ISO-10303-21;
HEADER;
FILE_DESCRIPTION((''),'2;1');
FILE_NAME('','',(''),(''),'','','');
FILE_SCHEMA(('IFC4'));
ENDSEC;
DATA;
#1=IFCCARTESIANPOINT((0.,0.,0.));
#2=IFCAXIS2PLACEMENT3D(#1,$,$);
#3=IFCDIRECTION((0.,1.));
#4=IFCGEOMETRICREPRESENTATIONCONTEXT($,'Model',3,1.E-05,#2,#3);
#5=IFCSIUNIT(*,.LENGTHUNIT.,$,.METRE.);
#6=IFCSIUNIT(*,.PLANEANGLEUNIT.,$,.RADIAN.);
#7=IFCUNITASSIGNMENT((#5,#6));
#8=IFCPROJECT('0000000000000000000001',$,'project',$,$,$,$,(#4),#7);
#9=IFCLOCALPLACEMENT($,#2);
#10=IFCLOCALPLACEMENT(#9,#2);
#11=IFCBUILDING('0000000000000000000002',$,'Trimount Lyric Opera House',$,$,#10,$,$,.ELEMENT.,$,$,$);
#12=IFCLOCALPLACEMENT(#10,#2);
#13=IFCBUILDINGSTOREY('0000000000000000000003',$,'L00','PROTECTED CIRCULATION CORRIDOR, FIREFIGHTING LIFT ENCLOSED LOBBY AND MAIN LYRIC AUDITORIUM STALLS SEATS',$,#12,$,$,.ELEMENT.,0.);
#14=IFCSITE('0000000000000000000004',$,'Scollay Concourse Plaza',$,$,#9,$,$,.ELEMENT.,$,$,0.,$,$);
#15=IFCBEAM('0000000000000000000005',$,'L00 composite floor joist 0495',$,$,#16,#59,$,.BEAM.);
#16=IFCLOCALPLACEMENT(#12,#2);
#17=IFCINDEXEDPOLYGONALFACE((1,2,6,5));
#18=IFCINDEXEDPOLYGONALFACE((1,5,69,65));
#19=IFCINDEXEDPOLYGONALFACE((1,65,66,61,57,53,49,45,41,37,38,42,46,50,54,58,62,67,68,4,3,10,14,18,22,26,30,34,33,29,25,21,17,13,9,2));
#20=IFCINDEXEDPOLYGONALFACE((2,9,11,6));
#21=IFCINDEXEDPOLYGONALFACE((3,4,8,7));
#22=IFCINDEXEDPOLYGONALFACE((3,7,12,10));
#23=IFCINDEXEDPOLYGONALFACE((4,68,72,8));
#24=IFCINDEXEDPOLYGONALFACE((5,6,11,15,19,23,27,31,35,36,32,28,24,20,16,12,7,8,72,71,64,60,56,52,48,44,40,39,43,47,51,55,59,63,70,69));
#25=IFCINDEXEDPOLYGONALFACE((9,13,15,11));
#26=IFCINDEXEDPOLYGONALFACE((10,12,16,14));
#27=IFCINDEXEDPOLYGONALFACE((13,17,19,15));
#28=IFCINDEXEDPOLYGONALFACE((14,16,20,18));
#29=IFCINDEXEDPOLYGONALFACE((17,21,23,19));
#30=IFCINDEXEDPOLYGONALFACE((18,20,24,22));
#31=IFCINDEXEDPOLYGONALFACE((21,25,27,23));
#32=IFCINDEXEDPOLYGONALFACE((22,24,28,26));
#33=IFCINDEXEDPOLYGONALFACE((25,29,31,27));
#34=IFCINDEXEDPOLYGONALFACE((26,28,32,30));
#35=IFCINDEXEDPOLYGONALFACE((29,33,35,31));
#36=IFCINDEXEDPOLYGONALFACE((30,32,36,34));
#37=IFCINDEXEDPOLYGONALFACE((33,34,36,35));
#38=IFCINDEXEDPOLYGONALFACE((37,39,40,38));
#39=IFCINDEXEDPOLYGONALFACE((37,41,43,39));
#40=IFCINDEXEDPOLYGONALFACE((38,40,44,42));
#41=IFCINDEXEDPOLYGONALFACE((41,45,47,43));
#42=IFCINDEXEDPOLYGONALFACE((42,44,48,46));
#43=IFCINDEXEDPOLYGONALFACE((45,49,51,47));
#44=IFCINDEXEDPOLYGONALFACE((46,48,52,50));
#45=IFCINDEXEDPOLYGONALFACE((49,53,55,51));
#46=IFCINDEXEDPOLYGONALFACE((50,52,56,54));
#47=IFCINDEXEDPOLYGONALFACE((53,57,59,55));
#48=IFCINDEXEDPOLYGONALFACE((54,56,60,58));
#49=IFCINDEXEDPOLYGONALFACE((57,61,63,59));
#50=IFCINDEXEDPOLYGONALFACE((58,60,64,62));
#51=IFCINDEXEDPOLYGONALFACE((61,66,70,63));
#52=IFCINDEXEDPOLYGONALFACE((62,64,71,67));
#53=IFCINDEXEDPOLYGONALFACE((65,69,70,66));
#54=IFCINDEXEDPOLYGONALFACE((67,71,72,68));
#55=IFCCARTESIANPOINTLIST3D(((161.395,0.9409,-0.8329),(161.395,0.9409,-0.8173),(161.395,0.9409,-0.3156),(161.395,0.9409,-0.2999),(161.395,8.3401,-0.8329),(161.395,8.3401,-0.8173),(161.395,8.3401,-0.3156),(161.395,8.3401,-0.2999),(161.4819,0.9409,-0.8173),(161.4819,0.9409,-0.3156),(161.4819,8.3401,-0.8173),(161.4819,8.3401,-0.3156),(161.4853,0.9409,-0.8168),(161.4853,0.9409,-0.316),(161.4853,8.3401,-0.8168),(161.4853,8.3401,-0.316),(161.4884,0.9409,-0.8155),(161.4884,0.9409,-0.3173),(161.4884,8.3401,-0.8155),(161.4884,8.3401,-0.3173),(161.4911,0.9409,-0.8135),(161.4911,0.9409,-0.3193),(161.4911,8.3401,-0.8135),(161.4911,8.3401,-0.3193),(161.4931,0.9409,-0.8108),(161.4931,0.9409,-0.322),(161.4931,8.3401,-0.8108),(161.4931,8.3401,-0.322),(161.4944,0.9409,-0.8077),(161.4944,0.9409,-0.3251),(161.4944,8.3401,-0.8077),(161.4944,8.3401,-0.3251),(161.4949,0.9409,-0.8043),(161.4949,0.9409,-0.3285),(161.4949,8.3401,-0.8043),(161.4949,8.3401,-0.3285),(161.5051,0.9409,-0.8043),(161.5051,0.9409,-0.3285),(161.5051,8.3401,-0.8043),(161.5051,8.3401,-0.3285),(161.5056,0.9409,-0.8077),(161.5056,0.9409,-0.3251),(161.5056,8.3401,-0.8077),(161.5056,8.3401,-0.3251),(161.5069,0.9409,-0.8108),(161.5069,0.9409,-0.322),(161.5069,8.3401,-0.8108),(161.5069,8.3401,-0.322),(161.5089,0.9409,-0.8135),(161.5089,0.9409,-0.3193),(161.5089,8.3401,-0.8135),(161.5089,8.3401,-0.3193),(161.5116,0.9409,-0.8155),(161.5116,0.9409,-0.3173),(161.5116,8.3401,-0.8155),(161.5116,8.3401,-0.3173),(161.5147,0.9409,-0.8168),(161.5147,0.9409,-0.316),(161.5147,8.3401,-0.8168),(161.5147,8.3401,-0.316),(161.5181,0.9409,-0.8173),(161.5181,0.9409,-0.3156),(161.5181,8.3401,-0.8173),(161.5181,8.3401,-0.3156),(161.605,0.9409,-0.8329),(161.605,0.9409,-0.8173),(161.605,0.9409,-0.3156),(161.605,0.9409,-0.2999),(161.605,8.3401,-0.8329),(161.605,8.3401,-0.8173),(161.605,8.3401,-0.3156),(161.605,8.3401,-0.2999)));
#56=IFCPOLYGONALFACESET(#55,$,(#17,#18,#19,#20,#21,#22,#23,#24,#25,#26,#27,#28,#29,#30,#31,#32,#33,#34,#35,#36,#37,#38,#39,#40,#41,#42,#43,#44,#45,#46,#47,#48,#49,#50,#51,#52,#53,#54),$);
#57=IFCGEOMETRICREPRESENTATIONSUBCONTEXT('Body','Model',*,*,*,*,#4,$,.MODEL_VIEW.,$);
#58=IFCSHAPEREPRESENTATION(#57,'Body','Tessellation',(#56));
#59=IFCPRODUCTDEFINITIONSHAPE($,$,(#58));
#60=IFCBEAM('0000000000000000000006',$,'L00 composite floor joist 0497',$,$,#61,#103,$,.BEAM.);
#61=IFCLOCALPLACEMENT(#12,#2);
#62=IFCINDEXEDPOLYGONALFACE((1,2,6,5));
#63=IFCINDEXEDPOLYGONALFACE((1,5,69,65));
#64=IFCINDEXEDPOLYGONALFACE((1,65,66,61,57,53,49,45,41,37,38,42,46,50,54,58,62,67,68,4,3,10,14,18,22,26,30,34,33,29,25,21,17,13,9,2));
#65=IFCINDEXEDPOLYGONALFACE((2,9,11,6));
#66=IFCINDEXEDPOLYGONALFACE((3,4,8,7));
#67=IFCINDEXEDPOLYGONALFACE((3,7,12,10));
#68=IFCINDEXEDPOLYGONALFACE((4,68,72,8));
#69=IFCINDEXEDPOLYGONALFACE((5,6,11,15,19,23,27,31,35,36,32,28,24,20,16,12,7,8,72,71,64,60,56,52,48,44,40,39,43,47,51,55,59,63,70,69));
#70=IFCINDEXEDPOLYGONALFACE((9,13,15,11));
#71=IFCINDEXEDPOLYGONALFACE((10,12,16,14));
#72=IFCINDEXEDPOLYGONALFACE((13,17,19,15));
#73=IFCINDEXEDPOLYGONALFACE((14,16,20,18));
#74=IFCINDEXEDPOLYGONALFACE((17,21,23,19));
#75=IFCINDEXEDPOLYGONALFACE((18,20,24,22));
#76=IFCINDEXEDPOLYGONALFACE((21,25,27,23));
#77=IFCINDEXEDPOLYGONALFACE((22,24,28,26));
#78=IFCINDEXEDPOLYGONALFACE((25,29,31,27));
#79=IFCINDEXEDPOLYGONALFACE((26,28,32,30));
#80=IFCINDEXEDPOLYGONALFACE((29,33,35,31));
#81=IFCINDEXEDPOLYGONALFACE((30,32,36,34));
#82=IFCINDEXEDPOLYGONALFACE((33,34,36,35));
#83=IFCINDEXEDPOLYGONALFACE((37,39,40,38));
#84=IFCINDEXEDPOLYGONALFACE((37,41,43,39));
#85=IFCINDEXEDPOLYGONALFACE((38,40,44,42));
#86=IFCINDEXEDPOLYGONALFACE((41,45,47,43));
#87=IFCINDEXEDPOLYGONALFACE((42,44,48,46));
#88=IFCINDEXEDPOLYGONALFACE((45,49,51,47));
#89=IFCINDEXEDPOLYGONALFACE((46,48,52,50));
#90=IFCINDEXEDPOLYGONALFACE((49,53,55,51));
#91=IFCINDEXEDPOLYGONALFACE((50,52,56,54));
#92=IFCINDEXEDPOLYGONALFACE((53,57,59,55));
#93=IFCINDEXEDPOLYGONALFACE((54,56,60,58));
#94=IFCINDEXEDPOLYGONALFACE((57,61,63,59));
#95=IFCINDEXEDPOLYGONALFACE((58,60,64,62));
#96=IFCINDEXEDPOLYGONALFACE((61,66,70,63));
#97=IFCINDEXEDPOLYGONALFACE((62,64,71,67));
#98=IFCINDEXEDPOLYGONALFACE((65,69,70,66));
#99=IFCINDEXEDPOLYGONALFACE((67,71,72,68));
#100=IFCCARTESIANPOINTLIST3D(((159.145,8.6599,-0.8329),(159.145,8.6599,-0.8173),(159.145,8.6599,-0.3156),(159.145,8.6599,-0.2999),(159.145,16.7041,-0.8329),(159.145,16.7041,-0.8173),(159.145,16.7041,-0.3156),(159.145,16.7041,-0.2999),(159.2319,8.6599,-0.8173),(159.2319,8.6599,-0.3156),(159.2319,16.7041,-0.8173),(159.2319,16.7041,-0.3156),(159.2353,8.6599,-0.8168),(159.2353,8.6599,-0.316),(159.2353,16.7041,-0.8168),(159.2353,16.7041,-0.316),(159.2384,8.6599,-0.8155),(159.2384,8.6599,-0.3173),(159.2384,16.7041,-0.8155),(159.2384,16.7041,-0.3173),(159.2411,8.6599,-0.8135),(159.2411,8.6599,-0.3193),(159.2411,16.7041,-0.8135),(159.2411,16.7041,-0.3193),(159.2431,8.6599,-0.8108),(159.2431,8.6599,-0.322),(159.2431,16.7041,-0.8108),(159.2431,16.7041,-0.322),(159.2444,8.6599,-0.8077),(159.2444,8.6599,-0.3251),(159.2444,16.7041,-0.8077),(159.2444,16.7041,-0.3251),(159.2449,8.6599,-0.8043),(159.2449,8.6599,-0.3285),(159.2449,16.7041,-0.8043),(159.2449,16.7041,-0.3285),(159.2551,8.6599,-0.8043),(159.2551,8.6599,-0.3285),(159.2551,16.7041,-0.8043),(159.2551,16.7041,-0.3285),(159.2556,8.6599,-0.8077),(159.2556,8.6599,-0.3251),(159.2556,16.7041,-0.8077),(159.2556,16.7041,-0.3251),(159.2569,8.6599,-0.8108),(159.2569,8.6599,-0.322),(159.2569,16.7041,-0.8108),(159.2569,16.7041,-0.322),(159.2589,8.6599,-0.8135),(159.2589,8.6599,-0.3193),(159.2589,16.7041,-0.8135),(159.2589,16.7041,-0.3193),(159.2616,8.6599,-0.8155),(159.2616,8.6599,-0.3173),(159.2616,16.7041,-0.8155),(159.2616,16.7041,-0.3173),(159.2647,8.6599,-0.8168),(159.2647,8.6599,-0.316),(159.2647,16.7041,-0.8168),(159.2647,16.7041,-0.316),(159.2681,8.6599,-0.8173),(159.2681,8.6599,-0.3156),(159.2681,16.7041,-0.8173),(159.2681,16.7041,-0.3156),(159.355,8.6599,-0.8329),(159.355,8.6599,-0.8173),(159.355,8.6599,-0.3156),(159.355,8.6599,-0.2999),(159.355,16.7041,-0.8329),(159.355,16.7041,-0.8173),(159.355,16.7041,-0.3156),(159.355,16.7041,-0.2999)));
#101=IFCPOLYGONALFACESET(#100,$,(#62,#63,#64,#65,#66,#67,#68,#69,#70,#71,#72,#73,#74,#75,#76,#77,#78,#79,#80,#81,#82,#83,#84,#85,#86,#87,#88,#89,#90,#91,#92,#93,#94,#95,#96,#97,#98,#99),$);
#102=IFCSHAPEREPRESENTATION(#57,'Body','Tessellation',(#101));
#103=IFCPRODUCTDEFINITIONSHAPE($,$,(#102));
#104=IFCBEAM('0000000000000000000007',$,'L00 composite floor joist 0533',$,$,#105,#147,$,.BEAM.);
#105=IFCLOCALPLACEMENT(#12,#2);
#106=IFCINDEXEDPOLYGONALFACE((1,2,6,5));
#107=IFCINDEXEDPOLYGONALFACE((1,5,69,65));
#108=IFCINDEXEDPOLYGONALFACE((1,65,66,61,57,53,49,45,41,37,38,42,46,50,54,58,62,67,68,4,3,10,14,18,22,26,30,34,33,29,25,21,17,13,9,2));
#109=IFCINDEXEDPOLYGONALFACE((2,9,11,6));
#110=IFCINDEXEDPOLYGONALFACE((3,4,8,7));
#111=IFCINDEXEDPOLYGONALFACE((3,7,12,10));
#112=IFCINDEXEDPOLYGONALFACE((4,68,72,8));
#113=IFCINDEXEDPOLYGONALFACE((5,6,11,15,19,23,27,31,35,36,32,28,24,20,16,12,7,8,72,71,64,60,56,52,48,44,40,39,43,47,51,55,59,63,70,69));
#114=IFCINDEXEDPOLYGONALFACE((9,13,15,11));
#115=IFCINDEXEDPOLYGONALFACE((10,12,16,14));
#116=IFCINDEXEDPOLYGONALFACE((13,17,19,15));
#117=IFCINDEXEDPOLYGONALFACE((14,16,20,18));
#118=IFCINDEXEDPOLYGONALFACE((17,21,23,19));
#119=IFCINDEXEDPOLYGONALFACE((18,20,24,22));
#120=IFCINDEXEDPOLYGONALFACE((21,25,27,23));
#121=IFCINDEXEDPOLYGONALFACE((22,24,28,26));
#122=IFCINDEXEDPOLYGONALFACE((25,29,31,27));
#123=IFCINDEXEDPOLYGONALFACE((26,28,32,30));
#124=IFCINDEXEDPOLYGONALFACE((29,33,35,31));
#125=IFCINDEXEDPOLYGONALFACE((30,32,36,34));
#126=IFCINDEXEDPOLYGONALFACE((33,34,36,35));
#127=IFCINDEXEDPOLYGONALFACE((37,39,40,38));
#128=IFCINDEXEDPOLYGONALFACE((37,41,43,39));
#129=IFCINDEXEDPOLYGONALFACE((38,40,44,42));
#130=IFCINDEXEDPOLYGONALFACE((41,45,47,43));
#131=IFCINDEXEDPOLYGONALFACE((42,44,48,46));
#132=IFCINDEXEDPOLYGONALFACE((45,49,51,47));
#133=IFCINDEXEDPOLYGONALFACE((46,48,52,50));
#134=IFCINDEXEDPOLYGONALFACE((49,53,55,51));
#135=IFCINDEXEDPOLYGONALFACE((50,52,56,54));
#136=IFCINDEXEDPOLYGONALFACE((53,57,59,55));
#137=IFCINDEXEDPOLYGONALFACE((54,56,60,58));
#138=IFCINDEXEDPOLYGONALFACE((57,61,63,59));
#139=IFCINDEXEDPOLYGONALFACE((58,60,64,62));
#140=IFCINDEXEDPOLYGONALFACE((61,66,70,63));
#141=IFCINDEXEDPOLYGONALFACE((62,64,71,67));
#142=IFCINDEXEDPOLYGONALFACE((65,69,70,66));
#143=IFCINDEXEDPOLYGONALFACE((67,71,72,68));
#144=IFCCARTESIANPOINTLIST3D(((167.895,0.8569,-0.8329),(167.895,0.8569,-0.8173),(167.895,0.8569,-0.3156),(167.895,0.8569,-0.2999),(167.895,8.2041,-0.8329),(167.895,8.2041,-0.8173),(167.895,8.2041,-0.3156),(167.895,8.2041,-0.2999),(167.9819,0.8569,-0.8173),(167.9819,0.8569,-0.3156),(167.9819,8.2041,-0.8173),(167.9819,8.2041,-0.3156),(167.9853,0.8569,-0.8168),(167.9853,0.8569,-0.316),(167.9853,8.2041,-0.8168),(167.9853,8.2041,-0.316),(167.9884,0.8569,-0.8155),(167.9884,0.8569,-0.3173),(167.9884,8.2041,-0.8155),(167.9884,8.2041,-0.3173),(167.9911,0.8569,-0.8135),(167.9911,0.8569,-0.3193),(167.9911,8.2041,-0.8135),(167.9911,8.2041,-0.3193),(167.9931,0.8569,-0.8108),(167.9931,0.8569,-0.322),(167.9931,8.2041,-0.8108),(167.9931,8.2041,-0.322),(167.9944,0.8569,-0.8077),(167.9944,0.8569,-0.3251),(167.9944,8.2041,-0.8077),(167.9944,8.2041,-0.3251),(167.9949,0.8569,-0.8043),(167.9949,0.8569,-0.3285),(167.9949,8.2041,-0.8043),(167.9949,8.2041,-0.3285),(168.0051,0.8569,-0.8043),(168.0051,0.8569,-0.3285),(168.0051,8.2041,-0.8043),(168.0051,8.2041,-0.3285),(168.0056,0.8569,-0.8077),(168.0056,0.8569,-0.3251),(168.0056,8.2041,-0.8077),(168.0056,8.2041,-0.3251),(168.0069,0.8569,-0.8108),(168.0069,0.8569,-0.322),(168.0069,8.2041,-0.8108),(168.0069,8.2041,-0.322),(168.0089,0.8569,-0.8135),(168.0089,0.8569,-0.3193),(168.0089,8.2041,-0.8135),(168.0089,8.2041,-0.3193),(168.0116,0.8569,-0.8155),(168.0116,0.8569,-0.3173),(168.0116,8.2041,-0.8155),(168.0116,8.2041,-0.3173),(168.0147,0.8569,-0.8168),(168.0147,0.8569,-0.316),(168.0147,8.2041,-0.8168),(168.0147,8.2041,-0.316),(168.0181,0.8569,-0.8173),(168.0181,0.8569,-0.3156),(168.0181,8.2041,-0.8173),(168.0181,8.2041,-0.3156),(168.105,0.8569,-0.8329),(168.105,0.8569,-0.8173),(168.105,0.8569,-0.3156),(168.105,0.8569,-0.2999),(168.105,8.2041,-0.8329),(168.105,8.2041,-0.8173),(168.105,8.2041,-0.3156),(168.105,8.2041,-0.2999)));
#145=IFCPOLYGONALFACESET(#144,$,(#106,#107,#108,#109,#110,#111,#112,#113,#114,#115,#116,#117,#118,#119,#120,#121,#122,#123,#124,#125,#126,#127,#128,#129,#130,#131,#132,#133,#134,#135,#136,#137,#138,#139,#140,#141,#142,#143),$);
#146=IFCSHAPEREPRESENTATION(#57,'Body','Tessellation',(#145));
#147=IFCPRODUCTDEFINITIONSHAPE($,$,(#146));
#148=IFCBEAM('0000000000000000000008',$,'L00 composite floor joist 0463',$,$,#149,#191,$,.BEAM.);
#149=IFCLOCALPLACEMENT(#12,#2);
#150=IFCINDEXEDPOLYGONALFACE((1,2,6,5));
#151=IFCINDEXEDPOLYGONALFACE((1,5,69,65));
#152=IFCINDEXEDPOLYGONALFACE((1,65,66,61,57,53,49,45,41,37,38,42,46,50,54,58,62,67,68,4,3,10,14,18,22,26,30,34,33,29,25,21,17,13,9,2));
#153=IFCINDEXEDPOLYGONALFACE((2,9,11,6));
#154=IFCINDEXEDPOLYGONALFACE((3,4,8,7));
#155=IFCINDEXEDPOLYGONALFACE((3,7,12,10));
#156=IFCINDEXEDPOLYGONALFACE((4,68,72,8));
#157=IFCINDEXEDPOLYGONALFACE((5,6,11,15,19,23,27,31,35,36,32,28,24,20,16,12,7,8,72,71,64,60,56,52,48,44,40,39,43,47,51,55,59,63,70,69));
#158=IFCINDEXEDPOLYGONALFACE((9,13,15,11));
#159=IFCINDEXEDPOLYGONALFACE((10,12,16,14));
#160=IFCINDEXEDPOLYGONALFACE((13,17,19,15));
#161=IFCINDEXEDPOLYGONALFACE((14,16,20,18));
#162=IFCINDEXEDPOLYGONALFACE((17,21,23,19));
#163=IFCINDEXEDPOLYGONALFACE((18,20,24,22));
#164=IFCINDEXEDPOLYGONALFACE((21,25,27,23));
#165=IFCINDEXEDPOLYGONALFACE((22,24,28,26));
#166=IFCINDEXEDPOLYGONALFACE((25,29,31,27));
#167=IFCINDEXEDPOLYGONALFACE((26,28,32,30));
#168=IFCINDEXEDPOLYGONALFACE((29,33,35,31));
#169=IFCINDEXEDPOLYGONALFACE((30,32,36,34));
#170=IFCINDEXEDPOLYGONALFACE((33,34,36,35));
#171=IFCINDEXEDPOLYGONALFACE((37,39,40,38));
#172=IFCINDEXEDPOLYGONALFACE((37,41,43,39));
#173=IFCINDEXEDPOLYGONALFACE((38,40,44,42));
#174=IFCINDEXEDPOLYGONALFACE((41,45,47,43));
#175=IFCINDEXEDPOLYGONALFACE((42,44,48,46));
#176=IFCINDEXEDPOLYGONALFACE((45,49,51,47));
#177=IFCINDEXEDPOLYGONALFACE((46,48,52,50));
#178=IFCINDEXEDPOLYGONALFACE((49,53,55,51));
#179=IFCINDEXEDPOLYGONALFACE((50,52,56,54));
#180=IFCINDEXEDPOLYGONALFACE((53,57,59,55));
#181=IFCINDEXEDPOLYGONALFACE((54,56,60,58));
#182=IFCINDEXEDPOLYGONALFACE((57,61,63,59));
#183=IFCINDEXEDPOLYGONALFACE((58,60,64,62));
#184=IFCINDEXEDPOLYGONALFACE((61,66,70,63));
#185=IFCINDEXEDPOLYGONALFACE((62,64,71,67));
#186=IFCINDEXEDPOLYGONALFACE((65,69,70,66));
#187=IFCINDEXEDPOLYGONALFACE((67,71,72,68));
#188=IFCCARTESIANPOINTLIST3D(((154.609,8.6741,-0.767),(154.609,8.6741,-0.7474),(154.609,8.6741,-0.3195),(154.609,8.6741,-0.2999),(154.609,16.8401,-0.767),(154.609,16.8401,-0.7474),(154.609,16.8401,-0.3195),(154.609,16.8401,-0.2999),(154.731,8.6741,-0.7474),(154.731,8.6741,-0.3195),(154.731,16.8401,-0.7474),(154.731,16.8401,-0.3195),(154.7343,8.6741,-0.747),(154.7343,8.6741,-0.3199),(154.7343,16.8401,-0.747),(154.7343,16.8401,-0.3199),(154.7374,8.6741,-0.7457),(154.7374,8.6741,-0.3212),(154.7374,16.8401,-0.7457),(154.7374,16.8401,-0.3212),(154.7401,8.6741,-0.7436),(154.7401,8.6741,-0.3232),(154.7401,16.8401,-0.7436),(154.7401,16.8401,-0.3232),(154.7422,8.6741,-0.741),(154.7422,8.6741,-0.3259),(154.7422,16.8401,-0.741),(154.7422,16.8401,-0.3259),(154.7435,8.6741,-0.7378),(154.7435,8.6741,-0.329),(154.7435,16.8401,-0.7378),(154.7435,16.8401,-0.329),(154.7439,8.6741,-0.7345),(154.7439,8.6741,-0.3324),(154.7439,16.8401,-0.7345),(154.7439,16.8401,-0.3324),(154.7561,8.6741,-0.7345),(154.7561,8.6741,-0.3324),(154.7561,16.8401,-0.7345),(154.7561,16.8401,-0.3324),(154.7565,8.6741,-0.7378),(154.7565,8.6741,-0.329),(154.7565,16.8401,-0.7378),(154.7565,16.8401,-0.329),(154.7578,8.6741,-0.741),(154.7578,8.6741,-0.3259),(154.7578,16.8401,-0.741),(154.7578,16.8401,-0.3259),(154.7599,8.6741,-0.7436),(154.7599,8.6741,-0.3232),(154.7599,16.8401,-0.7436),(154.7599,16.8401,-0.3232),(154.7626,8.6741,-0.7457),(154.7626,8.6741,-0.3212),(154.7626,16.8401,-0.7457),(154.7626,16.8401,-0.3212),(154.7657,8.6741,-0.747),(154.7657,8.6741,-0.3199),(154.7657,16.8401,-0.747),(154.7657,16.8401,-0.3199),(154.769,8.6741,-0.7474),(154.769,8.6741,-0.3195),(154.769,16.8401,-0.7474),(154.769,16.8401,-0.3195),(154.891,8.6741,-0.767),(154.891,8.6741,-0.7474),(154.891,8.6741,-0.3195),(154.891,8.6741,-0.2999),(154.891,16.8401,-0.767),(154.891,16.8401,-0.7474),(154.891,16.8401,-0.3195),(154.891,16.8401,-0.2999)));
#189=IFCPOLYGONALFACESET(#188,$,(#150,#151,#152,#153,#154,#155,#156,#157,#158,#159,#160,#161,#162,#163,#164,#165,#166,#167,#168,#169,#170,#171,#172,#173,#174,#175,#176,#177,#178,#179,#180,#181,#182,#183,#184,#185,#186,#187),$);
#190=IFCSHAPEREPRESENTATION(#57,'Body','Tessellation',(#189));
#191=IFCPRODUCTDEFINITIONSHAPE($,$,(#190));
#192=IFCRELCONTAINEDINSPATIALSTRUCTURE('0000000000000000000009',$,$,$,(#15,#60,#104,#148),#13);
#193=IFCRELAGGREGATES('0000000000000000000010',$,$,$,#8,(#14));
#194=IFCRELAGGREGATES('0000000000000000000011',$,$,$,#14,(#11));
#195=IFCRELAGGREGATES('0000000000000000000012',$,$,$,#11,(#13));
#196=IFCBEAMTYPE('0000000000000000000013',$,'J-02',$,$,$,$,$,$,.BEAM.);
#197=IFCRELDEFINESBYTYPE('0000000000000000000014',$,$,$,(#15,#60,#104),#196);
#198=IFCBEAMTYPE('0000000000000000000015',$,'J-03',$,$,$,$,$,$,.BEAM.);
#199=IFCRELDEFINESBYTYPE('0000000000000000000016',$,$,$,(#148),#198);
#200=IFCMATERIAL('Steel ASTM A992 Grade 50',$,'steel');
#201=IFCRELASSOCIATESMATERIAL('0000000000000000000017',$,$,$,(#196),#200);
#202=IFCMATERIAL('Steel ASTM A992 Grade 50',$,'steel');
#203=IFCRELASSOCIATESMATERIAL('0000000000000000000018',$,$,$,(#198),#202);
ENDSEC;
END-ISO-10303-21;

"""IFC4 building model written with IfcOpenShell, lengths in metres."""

from ifc_helpers import new_model, si_unit, direction, frame, origin, origin_2d, place, context, subcontext, project, spatial, i_section, extrude, material, material_profile, profile_set, type_object, element, save


model = new_model("IFC4")

# Units and contexts
model_context = context("Model", 3, precision=1e-05, world=origin(), true_north=direction((0.0, 1.0)))
body_context = subcontext(model_context, "Body", "Model", "MODEL_VIEW")
ifc_project = project(units=[si_unit("LENGTHUNIT", "METRE"), si_unit("PLANEANGLEUNIT", "RADIAN")], contexts=[model_context])

# Site, building, storey
site_placement = place(None, origin())
site = spatial("IfcSite", under=ifc_project, at=site_placement, Name="Scollay Concourse Plaza", CompositionType="ELEMENT", RefElevation=0.0)
building_placement = place(site_placement, origin())
building = spatial("IfcBuilding", under=site, at=building_placement, Name="Trimount Lyric Opera House", CompositionType="ELEMENT")
storey_placement = place(building_placement, origin())
storey = spatial("IfcBuildingStorey", under=building, at=storey_placement, Name="L00", Description="PROTECTED CIRCULATION CORRIDOR, FIREFIGHTING LIFT ENCLOSED LOBBY AND MAIN LYRIC AUDITORIUM STALLS SEATS", CompositionType="ELEMENT", Elevation=0.0)

# Beams
ifc_material_1 = material(Name="Steel ASTM A992 Grade 50", Category="steel")
ifc_material_profile_1 = material_profile(ifc_material_1, i_section(OverallWidth=0.21, OverallDepth=0.533, WebThickness=0.0103, FlangeThickness=0.0156, FilletRadius=0.0129, at=origin_2d()), Name="W21X62")
ifc_profile_set_1 = profile_set([ifc_material_profile_1], Name="Steel ASTM A992 Grade 50")
beam_type_1 = type_object("IfcBeamType", Name="J-02", PredefinedType="BEAM", material=ifc_profile_set_1)
beam_1_placement = place(storey_placement, frame((161.5, 0.9409, -0.5664), z_axis=(0.0, 1.0, 0.0), x_axis=(-1.0, 0.0, 0.0)))
element("IfcBeam", 1, at=beam_1_placement, inside=storey, type_object=beam_type_1, Name="L00 composite floor joist 0495", PredefinedType="BEAM", context=body_context, shape_type="SweptSolid", body=[
    extrude(i_section(OverallWidth=0.21, OverallDepth=0.533, WebThickness=0.0103, FlangeThickness=0.0156, FilletRadius=0.0129, at=origin_2d()), origin(), (0.0, 0.0, 1.0), 7.3992),
])
beam_2_placement = place(storey_placement, frame((159.25, 8.6599, -0.5664), z_axis=(0.0, 1.0, 0.0), x_axis=(-1.0, 0.0, 0.0)))
element("IfcBeam", 2, at=beam_2_placement, inside=storey, type_object=beam_type_1, Name="L00 composite floor joist 0497", PredefinedType="BEAM", context=body_context, shape_type="SweptSolid", body=[
    extrude(i_section(OverallWidth=0.21, OverallDepth=0.533, WebThickness=0.0103, FlangeThickness=0.0156, FilletRadius=0.0129, at=origin_2d()), origin(), (0.0, 0.0, 1.0), 8.0442),
])
beam_3_placement = place(storey_placement, frame((168.0, 0.8569, -0.5664), z_axis=(0.0, 1.0, 0.0), x_axis=(-1.0, 0.0, 0.0)))
element("IfcBeam", 3, at=beam_3_placement, inside=storey, type_object=beam_type_1, Name="L00 composite floor joist 0533", PredefinedType="BEAM", context=body_context, shape_type="SweptSolid", body=[
    extrude(i_section(OverallWidth=0.21, OverallDepth=0.533, WebThickness=0.0103, FlangeThickness=0.0156, FilletRadius=0.0129, at=origin_2d()), origin(), (0.0, 0.0, 1.0), 7.3472),
])
ifc_material_2 = material(Name="Steel ASTM A992 Grade 50", Category="steel")
ifc_material_profile_2 = material_profile(ifc_material_2, i_section(OverallWidth=0.282, OverallDepth=0.467, WebThickness=0.0122, FlangeThickness=0.0195, FilletRadius=0.0129, at=origin_2d()), Name="W18X86")
ifc_profile_set_2 = profile_set([ifc_material_profile_2], Name="Steel ASTM A992 Grade 50")
beam_type_2 = type_object("IfcBeamType", Name="J-03", PredefinedType="BEAM", material=ifc_profile_set_2)
beam_4_placement = place(storey_placement, frame((154.75, 8.6741, -0.5334), z_axis=(0.0, 1.0, 0.0), x_axis=(-1.0, 0.0, 0.0)))
element("IfcBeam", 4, at=beam_4_placement, inside=storey, type_object=beam_type_2, Name="L00 composite floor joist 0463", PredefinedType="BEAM", context=body_context, shape_type="SweptSolid", body=[
    extrude(i_section(OverallWidth=0.282, OverallDepth=0.467, WebThickness=0.0122, FlangeThickness=0.0195, FilletRadius=0.0129, at=origin_2d()), origin(), (0.0, 0.0, 1.0), 8.166),
])

save(model, "model.ifc")
